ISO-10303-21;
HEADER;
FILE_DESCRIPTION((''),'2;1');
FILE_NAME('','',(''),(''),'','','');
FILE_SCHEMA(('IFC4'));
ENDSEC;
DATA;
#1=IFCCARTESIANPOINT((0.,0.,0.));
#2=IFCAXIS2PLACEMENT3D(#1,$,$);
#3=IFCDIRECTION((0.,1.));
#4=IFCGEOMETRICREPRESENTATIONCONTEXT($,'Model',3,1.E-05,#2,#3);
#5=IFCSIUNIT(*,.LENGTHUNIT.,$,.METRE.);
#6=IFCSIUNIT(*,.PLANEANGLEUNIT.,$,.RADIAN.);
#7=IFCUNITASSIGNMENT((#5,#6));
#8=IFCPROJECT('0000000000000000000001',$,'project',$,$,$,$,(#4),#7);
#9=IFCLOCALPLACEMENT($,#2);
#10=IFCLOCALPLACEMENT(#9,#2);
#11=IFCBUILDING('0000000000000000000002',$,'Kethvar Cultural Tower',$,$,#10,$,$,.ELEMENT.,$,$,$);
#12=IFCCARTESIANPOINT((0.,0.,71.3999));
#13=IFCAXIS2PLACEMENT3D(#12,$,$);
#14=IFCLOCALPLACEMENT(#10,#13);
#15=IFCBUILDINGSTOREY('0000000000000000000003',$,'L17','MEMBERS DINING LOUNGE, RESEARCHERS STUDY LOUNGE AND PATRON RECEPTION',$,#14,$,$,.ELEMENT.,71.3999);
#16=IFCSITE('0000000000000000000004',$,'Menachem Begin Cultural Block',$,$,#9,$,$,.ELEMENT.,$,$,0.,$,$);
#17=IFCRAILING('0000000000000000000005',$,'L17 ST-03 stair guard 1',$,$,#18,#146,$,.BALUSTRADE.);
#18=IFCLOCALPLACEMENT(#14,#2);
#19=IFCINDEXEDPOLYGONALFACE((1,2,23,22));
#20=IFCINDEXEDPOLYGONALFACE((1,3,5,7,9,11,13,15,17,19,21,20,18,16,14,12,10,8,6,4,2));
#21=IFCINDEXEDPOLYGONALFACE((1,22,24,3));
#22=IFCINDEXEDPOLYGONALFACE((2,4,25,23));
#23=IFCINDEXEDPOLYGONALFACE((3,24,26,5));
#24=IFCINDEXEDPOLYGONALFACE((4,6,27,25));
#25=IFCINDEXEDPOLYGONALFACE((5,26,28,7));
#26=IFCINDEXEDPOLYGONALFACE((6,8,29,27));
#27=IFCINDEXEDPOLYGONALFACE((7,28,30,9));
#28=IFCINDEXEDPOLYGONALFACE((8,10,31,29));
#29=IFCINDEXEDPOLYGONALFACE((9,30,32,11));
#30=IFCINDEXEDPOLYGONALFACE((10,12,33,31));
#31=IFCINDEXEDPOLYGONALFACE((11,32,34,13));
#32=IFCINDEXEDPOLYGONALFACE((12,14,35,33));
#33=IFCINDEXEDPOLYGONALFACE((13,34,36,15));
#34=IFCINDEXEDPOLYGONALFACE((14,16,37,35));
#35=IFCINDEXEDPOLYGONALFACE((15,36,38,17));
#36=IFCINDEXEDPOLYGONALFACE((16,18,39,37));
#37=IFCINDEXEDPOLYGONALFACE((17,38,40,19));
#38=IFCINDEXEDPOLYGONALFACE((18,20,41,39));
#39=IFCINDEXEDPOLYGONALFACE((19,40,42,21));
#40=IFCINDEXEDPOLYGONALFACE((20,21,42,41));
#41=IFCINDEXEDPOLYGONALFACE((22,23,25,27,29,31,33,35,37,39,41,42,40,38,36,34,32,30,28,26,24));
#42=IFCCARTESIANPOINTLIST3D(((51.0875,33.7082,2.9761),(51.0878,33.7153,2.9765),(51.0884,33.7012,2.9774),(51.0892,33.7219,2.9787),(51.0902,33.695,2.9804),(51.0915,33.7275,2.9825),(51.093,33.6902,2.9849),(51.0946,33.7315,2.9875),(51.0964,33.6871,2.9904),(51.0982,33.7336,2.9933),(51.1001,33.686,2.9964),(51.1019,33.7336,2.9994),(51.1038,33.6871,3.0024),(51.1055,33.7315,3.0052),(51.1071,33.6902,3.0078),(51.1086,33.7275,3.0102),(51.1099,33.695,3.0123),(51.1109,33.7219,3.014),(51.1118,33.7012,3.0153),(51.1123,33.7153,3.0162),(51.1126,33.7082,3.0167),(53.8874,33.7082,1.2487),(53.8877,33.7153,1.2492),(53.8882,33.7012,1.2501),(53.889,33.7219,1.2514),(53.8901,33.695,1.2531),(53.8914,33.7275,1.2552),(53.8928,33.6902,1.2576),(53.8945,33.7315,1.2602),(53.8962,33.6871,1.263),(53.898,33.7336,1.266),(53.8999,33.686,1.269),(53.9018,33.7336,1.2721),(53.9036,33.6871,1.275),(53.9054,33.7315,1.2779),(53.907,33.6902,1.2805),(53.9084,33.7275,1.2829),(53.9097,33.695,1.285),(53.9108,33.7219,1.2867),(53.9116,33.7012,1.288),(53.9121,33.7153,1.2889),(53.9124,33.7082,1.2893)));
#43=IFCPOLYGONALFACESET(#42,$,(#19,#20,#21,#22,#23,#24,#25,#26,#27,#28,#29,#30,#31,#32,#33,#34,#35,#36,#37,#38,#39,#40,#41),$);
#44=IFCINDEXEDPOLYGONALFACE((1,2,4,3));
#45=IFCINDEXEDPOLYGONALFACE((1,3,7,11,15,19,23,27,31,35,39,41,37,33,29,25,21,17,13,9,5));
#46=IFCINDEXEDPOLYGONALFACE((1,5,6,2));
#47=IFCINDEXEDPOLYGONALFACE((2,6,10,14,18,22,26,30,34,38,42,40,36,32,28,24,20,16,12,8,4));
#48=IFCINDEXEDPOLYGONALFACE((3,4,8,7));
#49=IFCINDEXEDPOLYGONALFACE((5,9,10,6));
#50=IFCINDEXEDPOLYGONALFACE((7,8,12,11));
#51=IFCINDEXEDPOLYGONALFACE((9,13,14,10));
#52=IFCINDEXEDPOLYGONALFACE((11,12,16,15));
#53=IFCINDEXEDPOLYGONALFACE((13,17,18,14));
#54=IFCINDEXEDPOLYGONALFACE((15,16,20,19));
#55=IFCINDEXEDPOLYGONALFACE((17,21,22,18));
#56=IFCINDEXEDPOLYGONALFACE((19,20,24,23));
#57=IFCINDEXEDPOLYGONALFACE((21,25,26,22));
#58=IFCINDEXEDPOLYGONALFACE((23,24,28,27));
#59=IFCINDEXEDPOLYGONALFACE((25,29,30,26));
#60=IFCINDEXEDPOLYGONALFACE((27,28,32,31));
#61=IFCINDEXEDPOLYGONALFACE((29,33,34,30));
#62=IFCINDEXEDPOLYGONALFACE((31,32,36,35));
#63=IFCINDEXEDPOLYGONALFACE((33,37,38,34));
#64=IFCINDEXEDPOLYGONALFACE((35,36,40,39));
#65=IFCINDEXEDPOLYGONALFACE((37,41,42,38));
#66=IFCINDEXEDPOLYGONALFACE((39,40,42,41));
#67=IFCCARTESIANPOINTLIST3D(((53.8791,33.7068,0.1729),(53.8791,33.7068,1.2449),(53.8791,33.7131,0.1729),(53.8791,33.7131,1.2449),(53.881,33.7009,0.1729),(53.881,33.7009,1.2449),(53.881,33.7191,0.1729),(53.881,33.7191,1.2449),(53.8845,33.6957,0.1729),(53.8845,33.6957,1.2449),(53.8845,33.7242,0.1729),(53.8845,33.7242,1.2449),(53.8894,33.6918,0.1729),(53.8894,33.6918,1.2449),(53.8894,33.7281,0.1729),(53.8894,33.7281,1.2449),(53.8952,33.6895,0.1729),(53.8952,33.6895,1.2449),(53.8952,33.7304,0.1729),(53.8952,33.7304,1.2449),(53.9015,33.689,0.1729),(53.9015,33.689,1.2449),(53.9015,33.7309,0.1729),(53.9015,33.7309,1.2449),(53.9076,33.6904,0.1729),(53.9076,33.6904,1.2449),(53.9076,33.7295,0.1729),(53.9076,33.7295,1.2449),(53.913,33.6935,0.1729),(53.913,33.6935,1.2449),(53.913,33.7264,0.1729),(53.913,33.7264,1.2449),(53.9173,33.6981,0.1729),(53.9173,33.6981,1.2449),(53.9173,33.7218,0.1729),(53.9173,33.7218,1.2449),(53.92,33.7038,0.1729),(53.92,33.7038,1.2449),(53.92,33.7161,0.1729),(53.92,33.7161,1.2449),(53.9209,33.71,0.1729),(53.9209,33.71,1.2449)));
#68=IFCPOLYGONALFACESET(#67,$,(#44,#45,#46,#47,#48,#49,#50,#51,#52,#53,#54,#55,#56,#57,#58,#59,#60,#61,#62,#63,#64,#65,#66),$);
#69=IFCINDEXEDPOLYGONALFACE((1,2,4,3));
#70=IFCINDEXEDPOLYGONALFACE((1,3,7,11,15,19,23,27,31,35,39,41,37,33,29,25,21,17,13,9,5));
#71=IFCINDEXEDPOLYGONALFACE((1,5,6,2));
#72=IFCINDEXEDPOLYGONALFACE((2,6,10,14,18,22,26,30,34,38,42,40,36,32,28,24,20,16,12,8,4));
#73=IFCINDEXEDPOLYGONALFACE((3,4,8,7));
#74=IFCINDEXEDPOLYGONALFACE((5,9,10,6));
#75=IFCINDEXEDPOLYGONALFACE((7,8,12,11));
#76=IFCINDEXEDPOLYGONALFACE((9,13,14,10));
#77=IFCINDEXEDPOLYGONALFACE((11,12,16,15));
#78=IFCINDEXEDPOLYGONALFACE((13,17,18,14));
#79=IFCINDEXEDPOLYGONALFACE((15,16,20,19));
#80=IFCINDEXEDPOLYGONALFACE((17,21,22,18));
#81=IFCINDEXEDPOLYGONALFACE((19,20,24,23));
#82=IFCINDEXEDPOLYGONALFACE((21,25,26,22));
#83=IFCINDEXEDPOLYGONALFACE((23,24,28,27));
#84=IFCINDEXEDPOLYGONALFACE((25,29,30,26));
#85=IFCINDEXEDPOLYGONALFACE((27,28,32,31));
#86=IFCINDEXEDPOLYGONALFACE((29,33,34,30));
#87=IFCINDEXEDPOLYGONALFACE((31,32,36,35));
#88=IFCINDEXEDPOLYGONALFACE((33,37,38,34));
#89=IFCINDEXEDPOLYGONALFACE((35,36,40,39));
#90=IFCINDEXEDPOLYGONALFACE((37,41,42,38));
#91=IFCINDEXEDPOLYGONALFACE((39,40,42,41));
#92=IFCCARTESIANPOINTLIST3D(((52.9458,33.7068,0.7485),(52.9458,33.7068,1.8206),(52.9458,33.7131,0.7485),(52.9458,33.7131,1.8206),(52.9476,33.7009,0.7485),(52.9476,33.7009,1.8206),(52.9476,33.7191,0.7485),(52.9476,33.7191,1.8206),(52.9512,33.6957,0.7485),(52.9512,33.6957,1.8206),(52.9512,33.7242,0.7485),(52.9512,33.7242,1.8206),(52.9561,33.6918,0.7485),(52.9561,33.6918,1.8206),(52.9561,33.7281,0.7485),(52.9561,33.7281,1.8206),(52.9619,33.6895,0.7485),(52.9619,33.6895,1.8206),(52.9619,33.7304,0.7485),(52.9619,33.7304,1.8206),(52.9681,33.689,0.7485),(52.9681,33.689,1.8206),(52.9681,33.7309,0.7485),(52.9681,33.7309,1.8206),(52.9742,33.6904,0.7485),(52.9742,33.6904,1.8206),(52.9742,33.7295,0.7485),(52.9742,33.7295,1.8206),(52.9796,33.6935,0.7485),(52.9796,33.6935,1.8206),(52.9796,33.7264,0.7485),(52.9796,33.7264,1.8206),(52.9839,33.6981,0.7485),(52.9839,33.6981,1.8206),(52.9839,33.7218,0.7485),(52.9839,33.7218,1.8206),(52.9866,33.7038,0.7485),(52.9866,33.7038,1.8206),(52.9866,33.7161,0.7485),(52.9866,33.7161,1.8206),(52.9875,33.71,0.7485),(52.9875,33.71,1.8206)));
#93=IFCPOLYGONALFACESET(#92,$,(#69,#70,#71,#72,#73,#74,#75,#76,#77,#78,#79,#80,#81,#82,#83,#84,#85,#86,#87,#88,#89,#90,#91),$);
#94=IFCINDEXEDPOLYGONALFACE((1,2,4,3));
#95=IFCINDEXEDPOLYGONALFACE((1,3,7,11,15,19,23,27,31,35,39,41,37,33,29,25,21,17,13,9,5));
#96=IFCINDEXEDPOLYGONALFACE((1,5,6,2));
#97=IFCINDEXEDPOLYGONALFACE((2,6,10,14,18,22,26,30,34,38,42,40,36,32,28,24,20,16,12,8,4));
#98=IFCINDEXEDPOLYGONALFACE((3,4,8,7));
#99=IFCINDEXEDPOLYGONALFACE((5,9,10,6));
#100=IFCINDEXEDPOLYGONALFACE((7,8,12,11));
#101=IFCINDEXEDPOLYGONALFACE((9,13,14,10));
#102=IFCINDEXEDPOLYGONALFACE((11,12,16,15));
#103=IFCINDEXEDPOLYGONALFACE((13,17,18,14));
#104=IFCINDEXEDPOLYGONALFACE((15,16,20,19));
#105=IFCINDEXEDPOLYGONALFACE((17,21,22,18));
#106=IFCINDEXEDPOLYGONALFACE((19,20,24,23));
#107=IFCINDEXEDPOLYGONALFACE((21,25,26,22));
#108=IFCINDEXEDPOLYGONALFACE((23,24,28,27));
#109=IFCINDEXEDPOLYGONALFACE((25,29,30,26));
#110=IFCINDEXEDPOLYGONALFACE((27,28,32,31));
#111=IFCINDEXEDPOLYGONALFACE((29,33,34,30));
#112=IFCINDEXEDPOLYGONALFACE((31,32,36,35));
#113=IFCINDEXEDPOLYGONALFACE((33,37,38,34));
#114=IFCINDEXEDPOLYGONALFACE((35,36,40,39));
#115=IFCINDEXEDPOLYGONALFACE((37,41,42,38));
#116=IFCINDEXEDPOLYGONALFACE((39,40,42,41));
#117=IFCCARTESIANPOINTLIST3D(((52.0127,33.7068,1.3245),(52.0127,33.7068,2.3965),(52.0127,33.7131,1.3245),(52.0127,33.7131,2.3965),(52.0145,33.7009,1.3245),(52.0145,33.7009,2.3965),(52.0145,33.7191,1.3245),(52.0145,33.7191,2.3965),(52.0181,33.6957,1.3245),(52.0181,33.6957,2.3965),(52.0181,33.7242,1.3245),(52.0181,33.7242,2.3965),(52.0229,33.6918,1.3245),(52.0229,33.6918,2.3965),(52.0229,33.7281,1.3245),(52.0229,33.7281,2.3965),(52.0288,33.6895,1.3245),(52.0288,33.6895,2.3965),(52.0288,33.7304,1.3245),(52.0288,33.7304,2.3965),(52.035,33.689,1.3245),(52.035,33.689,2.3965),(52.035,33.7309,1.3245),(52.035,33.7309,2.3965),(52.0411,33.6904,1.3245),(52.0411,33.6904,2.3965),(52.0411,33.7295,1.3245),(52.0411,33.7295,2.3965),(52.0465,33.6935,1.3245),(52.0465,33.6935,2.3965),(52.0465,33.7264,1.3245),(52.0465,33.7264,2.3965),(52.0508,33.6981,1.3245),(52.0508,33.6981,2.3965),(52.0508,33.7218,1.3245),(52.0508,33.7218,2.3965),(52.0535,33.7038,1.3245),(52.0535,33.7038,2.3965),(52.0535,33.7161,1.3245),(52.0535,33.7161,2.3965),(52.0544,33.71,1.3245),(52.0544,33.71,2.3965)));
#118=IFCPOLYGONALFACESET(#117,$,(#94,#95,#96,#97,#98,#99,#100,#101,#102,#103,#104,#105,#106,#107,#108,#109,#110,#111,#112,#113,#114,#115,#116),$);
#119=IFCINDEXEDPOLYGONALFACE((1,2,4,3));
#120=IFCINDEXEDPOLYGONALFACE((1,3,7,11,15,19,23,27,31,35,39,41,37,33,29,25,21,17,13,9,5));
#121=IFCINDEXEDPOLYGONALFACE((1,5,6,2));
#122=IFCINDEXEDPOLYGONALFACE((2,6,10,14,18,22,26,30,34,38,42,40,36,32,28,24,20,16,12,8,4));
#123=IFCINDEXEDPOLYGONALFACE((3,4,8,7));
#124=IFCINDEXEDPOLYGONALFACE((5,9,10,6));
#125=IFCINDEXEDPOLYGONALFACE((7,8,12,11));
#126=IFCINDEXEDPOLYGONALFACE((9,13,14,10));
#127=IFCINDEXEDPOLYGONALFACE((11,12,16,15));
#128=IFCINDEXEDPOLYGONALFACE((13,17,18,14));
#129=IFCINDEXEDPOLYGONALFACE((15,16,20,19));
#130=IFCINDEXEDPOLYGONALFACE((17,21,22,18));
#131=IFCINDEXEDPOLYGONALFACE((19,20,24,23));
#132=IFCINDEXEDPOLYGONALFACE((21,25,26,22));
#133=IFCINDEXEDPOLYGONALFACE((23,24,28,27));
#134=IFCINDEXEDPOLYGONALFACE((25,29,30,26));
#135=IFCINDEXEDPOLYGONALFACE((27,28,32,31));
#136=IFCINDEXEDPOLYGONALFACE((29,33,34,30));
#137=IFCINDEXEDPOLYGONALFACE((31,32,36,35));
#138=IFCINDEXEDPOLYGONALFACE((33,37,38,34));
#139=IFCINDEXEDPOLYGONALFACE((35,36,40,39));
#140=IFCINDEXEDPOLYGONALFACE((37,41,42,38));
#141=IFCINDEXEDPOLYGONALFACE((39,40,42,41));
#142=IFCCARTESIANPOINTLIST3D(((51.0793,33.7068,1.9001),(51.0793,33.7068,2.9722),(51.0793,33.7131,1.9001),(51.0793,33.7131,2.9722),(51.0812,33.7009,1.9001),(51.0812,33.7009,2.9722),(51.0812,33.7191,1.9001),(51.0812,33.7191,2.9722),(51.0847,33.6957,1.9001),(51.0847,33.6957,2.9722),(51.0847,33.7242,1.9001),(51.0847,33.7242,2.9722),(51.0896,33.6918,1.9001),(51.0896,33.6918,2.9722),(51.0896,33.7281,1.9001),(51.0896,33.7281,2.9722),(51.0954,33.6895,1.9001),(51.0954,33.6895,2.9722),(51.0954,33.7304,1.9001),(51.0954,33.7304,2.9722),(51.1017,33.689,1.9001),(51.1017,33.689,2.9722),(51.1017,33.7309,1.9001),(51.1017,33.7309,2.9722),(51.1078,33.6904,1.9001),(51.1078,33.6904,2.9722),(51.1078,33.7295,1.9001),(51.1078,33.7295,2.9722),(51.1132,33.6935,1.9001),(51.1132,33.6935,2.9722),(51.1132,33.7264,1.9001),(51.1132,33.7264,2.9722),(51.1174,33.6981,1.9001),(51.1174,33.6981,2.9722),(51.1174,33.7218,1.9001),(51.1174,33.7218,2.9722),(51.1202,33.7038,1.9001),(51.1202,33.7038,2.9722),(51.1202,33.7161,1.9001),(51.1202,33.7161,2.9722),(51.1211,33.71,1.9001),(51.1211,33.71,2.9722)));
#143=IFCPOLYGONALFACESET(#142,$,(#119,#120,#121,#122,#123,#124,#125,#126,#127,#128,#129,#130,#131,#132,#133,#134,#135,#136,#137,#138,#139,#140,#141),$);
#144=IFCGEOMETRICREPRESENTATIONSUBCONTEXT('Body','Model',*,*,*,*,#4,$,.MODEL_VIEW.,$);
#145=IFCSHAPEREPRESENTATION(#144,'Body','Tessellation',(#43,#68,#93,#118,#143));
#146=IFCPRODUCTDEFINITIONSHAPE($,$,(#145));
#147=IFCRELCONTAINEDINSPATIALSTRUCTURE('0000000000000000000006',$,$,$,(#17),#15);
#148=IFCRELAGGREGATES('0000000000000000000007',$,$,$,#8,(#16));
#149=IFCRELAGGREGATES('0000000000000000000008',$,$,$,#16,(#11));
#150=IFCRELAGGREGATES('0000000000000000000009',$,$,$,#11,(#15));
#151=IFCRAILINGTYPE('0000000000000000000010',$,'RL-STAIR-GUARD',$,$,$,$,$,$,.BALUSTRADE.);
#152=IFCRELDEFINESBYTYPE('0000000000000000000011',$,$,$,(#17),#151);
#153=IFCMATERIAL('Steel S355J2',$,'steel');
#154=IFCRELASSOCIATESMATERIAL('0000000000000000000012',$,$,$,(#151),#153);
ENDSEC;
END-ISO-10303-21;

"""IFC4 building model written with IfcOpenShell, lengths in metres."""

from ifc_helpers import new_model, si_unit, direction, frame, origin, origin_2d, place, context, subcontext, project, spatial, circle, extrude, material, type_object, element, save


model = new_model("IFC4")

# Units and contexts
model_context = context("Model", 3, precision=1e-05, world=origin(), true_north=direction((0.0, 1.0)))
body_context = subcontext(model_context, "Body", "Model", "MODEL_VIEW")
ifc_project = project(units=[si_unit("LENGTHUNIT", "METRE"), si_unit("PLANEANGLEUNIT", "RADIAN")], contexts=[model_context])

# Site, building, storey
site_placement = place(None, origin())
site = spatial("IfcSite", under=ifc_project, at=site_placement, Name="Menachem Begin Cultural Block", CompositionType="ELEMENT", RefElevation=0.0)
building_placement = place(site_placement, origin())
building = spatial("IfcBuilding", under=site, at=building_placement, Name="Kethvar Cultural Tower", CompositionType="ELEMENT")
storey_placement = place(building_placement, frame((0.0, 0.0, 71.3999)))
storey = spatial("IfcBuildingStorey", under=building, at=storey_placement, Name="L17", Description="MEMBERS DINING LOUNGE, RESEARCHERS STUDY LOUNGE AND PATRON RECEPTION", CompositionType="ELEMENT", Elevation=71.3999)

# Shared definitions
ifc_material_1 = material(Name="Steel S355J2", Category="steel")

# Railing
railing_type_1 = type_object("IfcRailingType", Name="RL-STAIR-GUARD", PredefinedType="BALUSTRADE", material=ifc_material_1)
railing_1_placement = place(storey_placement, frame((53.8999, 33.71, 0.1729)))
element("IfcRailing", 1, at=railing_1_placement, inside=storey, type_object=railing_type_1, Name="L17 ST-03 stair guard 1", PredefinedType="BALUSTRADE", context=body_context, shape_type="SweptSolid", body=[
    extrude(circle(Radius=0.0239, at=origin_2d()), frame((0.0, 0.0, 1.0962), z_axis=(-0.851069, 0.0, 0.525054), x_axis=(0.0, -1.0, 0.0)), (0.0, 0.0, 1.0), 3.2898),
    extrude(circle(Radius=0.021, at=origin_2d()), origin(), (0.0, 0.0, 1.0), 1.072),
    extrude(circle(Radius=0.021, at=origin_2d()), frame((-0.9333, 0.0, 0.5757)), (0.0, 0.0, 1.0), 1.072),
    extrude(circle(Radius=0.021, at=origin_2d()), frame((-1.8665, 0.0, 1.1516)), (0.0, 0.0, 1.0), 1.072),
    extrude(circle(Radius=0.021, at=origin_2d()), frame((-2.7998, 0.0, 1.7273)), (0.0, 0.0, 1.0), 1.072),
])

save(model, "model.ifc")
